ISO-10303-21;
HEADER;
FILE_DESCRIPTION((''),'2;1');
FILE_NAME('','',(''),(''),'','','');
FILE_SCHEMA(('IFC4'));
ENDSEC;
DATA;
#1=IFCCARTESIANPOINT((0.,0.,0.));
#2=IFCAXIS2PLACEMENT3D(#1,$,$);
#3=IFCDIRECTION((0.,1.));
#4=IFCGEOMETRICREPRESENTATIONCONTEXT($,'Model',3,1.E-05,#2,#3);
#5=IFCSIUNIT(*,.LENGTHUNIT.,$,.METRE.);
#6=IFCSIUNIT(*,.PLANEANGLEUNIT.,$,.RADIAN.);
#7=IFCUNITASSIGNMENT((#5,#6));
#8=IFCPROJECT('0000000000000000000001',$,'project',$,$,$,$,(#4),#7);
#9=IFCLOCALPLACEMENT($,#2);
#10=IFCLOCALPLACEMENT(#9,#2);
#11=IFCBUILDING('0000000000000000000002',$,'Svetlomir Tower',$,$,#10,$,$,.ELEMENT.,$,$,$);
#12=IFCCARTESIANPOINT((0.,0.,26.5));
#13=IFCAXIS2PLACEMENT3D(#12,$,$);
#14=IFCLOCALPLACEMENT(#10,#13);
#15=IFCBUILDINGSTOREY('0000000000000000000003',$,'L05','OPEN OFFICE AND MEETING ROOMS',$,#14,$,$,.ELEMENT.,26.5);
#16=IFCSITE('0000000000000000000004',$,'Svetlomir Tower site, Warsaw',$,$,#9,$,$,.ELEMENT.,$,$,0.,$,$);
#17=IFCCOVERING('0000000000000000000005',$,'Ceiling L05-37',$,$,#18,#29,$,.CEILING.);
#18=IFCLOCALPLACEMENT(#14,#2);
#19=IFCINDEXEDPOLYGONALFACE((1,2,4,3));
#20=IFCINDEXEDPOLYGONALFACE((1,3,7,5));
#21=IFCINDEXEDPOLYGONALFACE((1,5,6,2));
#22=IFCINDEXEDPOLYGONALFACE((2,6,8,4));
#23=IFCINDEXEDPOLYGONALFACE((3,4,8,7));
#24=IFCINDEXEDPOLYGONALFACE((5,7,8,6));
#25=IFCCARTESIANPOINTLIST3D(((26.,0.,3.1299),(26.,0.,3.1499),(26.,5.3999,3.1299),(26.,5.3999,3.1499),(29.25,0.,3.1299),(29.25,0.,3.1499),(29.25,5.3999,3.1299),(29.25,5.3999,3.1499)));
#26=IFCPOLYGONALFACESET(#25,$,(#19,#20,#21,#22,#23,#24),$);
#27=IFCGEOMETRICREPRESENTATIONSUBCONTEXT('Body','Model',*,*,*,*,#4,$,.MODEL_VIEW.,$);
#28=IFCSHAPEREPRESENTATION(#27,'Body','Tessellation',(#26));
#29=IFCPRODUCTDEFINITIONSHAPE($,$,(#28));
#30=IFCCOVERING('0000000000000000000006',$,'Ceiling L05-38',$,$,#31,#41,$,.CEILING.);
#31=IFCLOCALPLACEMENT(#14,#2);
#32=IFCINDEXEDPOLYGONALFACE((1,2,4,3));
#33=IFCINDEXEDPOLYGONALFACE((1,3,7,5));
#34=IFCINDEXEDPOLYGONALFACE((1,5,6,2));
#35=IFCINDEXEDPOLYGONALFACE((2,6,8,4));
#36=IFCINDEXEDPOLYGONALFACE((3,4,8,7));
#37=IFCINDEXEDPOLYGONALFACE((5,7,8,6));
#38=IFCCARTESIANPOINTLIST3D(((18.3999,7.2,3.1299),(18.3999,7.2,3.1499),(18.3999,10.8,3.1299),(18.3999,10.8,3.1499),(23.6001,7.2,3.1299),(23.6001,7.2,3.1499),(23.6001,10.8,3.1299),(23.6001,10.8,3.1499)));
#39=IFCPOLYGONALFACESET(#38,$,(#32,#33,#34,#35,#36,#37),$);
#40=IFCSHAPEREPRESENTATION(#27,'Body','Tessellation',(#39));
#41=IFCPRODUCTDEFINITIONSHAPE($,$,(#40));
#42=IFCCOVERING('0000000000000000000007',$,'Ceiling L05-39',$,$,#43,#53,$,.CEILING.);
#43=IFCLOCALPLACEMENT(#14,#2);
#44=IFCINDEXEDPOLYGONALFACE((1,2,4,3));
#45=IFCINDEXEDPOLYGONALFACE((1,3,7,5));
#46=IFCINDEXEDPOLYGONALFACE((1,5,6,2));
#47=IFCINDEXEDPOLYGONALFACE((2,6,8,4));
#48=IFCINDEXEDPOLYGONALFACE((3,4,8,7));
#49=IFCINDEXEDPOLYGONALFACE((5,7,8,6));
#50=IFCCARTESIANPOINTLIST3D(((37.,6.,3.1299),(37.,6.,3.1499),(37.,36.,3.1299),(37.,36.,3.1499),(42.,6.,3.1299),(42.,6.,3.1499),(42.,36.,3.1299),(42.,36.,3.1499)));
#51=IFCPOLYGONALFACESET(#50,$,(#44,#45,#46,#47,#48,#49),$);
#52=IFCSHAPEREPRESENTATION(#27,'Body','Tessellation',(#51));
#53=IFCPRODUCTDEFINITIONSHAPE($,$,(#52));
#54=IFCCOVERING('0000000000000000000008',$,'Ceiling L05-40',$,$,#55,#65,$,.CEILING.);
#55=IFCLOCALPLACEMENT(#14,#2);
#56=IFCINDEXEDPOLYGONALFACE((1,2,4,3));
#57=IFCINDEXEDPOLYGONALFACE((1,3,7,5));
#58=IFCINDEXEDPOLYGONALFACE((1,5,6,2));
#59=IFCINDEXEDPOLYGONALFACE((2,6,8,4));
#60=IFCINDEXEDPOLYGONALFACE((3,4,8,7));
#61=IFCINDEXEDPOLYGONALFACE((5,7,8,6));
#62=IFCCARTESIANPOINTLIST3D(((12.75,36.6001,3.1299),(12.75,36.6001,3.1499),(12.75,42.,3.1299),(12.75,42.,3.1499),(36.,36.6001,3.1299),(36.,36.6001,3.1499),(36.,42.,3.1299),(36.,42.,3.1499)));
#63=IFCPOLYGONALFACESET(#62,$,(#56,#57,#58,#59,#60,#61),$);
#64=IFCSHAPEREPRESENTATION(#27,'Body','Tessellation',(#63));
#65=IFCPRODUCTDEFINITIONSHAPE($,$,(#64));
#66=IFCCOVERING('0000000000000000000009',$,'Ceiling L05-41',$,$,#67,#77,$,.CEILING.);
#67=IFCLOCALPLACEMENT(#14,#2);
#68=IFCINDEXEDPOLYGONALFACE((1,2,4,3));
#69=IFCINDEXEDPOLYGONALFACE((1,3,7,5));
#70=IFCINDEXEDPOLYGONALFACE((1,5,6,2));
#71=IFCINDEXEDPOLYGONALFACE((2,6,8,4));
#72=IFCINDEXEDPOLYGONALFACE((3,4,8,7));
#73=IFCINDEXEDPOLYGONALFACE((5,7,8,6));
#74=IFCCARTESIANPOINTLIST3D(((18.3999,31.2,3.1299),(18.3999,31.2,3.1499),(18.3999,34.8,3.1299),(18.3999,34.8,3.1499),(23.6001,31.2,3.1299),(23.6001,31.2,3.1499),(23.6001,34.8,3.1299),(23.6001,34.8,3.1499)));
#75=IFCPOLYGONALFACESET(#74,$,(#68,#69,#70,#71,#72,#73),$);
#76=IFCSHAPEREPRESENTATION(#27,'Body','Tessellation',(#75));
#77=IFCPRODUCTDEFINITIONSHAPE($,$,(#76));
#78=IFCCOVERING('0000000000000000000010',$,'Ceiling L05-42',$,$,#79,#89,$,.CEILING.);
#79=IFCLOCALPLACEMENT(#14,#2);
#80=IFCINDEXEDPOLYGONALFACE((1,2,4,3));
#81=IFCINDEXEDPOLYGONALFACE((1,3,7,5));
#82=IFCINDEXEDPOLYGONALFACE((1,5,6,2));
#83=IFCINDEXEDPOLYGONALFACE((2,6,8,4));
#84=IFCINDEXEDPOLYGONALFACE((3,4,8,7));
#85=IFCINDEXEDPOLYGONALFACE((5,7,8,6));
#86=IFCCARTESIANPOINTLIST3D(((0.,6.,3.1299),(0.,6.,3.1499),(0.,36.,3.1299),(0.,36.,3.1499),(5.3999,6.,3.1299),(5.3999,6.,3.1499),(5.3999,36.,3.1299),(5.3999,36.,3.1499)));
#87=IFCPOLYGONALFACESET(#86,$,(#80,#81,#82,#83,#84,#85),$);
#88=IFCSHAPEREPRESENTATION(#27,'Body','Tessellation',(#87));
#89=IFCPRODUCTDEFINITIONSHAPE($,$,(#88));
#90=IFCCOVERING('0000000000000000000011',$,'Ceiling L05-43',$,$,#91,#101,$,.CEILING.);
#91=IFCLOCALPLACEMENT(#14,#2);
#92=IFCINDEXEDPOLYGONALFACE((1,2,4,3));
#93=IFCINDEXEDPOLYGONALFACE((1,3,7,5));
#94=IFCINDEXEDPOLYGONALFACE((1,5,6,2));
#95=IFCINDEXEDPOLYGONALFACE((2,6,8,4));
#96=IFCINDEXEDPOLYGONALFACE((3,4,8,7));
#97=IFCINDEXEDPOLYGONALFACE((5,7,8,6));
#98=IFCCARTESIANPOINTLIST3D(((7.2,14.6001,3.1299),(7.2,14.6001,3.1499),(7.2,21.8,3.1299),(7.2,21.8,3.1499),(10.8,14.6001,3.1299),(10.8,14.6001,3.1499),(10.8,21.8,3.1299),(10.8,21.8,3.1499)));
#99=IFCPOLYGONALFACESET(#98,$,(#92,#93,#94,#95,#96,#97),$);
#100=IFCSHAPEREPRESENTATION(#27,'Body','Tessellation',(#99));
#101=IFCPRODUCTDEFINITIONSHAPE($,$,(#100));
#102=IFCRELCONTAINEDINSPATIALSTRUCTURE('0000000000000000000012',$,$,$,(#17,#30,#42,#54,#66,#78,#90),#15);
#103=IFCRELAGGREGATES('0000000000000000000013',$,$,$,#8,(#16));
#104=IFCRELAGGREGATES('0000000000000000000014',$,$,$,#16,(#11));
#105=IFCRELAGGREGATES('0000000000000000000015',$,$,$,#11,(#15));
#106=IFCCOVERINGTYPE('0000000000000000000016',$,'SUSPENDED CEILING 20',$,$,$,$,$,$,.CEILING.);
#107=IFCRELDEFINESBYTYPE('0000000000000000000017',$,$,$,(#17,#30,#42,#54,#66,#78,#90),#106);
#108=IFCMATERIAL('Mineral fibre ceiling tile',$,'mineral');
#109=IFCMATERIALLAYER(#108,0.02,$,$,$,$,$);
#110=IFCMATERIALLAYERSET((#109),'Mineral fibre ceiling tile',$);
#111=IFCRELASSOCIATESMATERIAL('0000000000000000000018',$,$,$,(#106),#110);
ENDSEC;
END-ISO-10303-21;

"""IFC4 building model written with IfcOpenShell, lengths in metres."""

from ifc_helpers import new_model, si_unit, direction, frame, origin, place, context, subcontext, project, spatial, polyline, outline, extrude, material, layer, layer_set, type_object, element, save


model = new_model("IFC4")

# Units and contexts
model_context = context("Model", 3, precision=1e-05, world=origin(), true_north=direction((0.0, 1.0)))
body_context = subcontext(model_context, "Body", "Model", "MODEL_VIEW")
ifc_project = project(units=[si_unit("LENGTHUNIT", "METRE"), si_unit("PLANEANGLEUNIT", "RADIAN")], contexts=[model_context])

# Site, building, storey
site_placement = place(None, origin())
site = spatial("IfcSite", under=ifc_project, at=site_placement, Name="Svetlomir Tower site, Warsaw", CompositionType="ELEMENT", RefElevation=0.0)
building_placement = place(site_placement, origin())
building = spatial("IfcBuilding", under=site, at=building_placement, Name="Svetlomir Tower", CompositionType="ELEMENT")
storey_placement = place(building_placement, frame((0.0, 0.0, 26.5)))
storey = spatial("IfcBuildingStorey", under=building, at=storey_placement, Name="L05", Description="OPEN OFFICE AND MEETING ROOMS", CompositionType="ELEMENT", Elevation=26.5)

# Coverings
ifc_material_1 = material(Name="Mineral fibre ceiling tile", Category="mineral")
ifc_layer_1 = layer(ifc_material_1, 0.02)
ifc_layer_set_1 = layer_set([ifc_layer_1], Name="Mineral fibre ceiling tile")
covering_type_1 = type_object("IfcCoveringType", Name="SUSPENDED CEILING 20", PredefinedType="CEILING", material=ifc_layer_set_1)
covering_1_placement = place(storey_placement, frame((0.0, 0.0, 3.1299)))
element("IfcCovering", 1, at=covering_1_placement, inside=storey, type_object=covering_type_1, Name="Ceiling L05-37", PredefinedType="CEILING", context=body_context, shape_type="SweptSolid", body=[
    extrude(outline(polyline([(26.0, 0.0), (26.0, 5.3999), (29.25, 5.3999), (29.25, 0.0), (26.0, 0.0)])), origin(), (0.0, 0.0, 1.0), 0.02),
])
covering_2_placement = place(storey_placement, frame((0.0, 0.0, 3.1299)))
element("IfcCovering", 2, at=covering_2_placement, inside=storey, type_object=covering_type_1, Name="Ceiling L05-38", PredefinedType="CEILING", context=body_context, shape_type="SweptSolid", body=[
    extrude(outline(polyline([(23.6001, 10.8), (23.6001, 7.2), (18.3999, 7.2), (18.3999, 10.8), (23.6001, 10.8)])), origin(), (0.0, 0.0, 1.0), 0.02),
])
covering_3_placement = place(storey_placement, frame((0.0, 0.0, 3.1299)))
element("IfcCovering", 3, at=covering_3_placement, inside=storey, type_object=covering_type_1, Name="Ceiling L05-39", PredefinedType="CEILING", context=body_context, shape_type="SweptSolid", body=[
    extrude(outline(polyline([(42.0, 6.0), (37.0, 6.0), (37.0, 36.0), (42.0, 36.0), (42.0, 6.0)])), origin(), (0.0, 0.0, 1.0), 0.02),
])
covering_4_placement = place(storey_placement, frame((0.0, 0.0, 3.1299)))
element("IfcCovering", 4, at=covering_4_placement, inside=storey, type_object=covering_type_1, Name="Ceiling L05-40", PredefinedType="CEILING", context=body_context, shape_type="SweptSolid", body=[
    extrude(outline(polyline([(36.0, 42.0), (36.0, 36.6001), (12.75, 36.6001), (12.75, 42.0), (36.0, 42.0)])), origin(), (0.0, 0.0, 1.0), 0.02),
])
covering_5_placement = place(storey_placement, frame((0.0, 0.0, 3.1299)))
element("IfcCovering", 5, at=covering_5_placement, inside=storey, type_object=covering_type_1, Name="Ceiling L05-41", PredefinedType="CEILING", context=body_context, shape_type="SweptSolid", body=[
    extrude(outline(polyline([(18.3999, 31.2), (18.3999, 34.8), (23.6001, 34.8), (23.6001, 31.2), (18.3999, 31.2)])), origin(), (0.0, 0.0, 1.0), 0.02),
])
covering_6_placement = place(storey_placement, frame((0.0, 0.0, 3.1299)))
element("IfcCovering", 6, at=covering_6_placement, inside=storey, type_object=covering_type_1, Name="Ceiling L05-42", PredefinedType="CEILING", context=body_context, shape_type="SweptSolid", body=[
    extrude(outline(polyline([(0.0, 36.0), (5.3999, 36.0), (5.3999, 6.0), (0.0, 6.0), (0.0, 36.0)])), origin(), (0.0, 0.0, 1.0), 0.02),
])
covering_7_placement = place(storey_placement, frame((0.0, 0.0, 3.1299)))
element("IfcCovering", 7, at=covering_7_placement, inside=storey, type_object=covering_type_1, Name="Ceiling L05-43", PredefinedType="CEILING", context=body_context, shape_type="SweptSolid", body=[
    extrude(outline(polyline([(7.2, 14.6001), (7.2, 21.8), (10.8, 21.8), (10.8, 14.6001), (7.2, 14.6001)])), origin(), (0.0, 0.0, 1.0), 0.02),
])

save(model, "model.ifc")
